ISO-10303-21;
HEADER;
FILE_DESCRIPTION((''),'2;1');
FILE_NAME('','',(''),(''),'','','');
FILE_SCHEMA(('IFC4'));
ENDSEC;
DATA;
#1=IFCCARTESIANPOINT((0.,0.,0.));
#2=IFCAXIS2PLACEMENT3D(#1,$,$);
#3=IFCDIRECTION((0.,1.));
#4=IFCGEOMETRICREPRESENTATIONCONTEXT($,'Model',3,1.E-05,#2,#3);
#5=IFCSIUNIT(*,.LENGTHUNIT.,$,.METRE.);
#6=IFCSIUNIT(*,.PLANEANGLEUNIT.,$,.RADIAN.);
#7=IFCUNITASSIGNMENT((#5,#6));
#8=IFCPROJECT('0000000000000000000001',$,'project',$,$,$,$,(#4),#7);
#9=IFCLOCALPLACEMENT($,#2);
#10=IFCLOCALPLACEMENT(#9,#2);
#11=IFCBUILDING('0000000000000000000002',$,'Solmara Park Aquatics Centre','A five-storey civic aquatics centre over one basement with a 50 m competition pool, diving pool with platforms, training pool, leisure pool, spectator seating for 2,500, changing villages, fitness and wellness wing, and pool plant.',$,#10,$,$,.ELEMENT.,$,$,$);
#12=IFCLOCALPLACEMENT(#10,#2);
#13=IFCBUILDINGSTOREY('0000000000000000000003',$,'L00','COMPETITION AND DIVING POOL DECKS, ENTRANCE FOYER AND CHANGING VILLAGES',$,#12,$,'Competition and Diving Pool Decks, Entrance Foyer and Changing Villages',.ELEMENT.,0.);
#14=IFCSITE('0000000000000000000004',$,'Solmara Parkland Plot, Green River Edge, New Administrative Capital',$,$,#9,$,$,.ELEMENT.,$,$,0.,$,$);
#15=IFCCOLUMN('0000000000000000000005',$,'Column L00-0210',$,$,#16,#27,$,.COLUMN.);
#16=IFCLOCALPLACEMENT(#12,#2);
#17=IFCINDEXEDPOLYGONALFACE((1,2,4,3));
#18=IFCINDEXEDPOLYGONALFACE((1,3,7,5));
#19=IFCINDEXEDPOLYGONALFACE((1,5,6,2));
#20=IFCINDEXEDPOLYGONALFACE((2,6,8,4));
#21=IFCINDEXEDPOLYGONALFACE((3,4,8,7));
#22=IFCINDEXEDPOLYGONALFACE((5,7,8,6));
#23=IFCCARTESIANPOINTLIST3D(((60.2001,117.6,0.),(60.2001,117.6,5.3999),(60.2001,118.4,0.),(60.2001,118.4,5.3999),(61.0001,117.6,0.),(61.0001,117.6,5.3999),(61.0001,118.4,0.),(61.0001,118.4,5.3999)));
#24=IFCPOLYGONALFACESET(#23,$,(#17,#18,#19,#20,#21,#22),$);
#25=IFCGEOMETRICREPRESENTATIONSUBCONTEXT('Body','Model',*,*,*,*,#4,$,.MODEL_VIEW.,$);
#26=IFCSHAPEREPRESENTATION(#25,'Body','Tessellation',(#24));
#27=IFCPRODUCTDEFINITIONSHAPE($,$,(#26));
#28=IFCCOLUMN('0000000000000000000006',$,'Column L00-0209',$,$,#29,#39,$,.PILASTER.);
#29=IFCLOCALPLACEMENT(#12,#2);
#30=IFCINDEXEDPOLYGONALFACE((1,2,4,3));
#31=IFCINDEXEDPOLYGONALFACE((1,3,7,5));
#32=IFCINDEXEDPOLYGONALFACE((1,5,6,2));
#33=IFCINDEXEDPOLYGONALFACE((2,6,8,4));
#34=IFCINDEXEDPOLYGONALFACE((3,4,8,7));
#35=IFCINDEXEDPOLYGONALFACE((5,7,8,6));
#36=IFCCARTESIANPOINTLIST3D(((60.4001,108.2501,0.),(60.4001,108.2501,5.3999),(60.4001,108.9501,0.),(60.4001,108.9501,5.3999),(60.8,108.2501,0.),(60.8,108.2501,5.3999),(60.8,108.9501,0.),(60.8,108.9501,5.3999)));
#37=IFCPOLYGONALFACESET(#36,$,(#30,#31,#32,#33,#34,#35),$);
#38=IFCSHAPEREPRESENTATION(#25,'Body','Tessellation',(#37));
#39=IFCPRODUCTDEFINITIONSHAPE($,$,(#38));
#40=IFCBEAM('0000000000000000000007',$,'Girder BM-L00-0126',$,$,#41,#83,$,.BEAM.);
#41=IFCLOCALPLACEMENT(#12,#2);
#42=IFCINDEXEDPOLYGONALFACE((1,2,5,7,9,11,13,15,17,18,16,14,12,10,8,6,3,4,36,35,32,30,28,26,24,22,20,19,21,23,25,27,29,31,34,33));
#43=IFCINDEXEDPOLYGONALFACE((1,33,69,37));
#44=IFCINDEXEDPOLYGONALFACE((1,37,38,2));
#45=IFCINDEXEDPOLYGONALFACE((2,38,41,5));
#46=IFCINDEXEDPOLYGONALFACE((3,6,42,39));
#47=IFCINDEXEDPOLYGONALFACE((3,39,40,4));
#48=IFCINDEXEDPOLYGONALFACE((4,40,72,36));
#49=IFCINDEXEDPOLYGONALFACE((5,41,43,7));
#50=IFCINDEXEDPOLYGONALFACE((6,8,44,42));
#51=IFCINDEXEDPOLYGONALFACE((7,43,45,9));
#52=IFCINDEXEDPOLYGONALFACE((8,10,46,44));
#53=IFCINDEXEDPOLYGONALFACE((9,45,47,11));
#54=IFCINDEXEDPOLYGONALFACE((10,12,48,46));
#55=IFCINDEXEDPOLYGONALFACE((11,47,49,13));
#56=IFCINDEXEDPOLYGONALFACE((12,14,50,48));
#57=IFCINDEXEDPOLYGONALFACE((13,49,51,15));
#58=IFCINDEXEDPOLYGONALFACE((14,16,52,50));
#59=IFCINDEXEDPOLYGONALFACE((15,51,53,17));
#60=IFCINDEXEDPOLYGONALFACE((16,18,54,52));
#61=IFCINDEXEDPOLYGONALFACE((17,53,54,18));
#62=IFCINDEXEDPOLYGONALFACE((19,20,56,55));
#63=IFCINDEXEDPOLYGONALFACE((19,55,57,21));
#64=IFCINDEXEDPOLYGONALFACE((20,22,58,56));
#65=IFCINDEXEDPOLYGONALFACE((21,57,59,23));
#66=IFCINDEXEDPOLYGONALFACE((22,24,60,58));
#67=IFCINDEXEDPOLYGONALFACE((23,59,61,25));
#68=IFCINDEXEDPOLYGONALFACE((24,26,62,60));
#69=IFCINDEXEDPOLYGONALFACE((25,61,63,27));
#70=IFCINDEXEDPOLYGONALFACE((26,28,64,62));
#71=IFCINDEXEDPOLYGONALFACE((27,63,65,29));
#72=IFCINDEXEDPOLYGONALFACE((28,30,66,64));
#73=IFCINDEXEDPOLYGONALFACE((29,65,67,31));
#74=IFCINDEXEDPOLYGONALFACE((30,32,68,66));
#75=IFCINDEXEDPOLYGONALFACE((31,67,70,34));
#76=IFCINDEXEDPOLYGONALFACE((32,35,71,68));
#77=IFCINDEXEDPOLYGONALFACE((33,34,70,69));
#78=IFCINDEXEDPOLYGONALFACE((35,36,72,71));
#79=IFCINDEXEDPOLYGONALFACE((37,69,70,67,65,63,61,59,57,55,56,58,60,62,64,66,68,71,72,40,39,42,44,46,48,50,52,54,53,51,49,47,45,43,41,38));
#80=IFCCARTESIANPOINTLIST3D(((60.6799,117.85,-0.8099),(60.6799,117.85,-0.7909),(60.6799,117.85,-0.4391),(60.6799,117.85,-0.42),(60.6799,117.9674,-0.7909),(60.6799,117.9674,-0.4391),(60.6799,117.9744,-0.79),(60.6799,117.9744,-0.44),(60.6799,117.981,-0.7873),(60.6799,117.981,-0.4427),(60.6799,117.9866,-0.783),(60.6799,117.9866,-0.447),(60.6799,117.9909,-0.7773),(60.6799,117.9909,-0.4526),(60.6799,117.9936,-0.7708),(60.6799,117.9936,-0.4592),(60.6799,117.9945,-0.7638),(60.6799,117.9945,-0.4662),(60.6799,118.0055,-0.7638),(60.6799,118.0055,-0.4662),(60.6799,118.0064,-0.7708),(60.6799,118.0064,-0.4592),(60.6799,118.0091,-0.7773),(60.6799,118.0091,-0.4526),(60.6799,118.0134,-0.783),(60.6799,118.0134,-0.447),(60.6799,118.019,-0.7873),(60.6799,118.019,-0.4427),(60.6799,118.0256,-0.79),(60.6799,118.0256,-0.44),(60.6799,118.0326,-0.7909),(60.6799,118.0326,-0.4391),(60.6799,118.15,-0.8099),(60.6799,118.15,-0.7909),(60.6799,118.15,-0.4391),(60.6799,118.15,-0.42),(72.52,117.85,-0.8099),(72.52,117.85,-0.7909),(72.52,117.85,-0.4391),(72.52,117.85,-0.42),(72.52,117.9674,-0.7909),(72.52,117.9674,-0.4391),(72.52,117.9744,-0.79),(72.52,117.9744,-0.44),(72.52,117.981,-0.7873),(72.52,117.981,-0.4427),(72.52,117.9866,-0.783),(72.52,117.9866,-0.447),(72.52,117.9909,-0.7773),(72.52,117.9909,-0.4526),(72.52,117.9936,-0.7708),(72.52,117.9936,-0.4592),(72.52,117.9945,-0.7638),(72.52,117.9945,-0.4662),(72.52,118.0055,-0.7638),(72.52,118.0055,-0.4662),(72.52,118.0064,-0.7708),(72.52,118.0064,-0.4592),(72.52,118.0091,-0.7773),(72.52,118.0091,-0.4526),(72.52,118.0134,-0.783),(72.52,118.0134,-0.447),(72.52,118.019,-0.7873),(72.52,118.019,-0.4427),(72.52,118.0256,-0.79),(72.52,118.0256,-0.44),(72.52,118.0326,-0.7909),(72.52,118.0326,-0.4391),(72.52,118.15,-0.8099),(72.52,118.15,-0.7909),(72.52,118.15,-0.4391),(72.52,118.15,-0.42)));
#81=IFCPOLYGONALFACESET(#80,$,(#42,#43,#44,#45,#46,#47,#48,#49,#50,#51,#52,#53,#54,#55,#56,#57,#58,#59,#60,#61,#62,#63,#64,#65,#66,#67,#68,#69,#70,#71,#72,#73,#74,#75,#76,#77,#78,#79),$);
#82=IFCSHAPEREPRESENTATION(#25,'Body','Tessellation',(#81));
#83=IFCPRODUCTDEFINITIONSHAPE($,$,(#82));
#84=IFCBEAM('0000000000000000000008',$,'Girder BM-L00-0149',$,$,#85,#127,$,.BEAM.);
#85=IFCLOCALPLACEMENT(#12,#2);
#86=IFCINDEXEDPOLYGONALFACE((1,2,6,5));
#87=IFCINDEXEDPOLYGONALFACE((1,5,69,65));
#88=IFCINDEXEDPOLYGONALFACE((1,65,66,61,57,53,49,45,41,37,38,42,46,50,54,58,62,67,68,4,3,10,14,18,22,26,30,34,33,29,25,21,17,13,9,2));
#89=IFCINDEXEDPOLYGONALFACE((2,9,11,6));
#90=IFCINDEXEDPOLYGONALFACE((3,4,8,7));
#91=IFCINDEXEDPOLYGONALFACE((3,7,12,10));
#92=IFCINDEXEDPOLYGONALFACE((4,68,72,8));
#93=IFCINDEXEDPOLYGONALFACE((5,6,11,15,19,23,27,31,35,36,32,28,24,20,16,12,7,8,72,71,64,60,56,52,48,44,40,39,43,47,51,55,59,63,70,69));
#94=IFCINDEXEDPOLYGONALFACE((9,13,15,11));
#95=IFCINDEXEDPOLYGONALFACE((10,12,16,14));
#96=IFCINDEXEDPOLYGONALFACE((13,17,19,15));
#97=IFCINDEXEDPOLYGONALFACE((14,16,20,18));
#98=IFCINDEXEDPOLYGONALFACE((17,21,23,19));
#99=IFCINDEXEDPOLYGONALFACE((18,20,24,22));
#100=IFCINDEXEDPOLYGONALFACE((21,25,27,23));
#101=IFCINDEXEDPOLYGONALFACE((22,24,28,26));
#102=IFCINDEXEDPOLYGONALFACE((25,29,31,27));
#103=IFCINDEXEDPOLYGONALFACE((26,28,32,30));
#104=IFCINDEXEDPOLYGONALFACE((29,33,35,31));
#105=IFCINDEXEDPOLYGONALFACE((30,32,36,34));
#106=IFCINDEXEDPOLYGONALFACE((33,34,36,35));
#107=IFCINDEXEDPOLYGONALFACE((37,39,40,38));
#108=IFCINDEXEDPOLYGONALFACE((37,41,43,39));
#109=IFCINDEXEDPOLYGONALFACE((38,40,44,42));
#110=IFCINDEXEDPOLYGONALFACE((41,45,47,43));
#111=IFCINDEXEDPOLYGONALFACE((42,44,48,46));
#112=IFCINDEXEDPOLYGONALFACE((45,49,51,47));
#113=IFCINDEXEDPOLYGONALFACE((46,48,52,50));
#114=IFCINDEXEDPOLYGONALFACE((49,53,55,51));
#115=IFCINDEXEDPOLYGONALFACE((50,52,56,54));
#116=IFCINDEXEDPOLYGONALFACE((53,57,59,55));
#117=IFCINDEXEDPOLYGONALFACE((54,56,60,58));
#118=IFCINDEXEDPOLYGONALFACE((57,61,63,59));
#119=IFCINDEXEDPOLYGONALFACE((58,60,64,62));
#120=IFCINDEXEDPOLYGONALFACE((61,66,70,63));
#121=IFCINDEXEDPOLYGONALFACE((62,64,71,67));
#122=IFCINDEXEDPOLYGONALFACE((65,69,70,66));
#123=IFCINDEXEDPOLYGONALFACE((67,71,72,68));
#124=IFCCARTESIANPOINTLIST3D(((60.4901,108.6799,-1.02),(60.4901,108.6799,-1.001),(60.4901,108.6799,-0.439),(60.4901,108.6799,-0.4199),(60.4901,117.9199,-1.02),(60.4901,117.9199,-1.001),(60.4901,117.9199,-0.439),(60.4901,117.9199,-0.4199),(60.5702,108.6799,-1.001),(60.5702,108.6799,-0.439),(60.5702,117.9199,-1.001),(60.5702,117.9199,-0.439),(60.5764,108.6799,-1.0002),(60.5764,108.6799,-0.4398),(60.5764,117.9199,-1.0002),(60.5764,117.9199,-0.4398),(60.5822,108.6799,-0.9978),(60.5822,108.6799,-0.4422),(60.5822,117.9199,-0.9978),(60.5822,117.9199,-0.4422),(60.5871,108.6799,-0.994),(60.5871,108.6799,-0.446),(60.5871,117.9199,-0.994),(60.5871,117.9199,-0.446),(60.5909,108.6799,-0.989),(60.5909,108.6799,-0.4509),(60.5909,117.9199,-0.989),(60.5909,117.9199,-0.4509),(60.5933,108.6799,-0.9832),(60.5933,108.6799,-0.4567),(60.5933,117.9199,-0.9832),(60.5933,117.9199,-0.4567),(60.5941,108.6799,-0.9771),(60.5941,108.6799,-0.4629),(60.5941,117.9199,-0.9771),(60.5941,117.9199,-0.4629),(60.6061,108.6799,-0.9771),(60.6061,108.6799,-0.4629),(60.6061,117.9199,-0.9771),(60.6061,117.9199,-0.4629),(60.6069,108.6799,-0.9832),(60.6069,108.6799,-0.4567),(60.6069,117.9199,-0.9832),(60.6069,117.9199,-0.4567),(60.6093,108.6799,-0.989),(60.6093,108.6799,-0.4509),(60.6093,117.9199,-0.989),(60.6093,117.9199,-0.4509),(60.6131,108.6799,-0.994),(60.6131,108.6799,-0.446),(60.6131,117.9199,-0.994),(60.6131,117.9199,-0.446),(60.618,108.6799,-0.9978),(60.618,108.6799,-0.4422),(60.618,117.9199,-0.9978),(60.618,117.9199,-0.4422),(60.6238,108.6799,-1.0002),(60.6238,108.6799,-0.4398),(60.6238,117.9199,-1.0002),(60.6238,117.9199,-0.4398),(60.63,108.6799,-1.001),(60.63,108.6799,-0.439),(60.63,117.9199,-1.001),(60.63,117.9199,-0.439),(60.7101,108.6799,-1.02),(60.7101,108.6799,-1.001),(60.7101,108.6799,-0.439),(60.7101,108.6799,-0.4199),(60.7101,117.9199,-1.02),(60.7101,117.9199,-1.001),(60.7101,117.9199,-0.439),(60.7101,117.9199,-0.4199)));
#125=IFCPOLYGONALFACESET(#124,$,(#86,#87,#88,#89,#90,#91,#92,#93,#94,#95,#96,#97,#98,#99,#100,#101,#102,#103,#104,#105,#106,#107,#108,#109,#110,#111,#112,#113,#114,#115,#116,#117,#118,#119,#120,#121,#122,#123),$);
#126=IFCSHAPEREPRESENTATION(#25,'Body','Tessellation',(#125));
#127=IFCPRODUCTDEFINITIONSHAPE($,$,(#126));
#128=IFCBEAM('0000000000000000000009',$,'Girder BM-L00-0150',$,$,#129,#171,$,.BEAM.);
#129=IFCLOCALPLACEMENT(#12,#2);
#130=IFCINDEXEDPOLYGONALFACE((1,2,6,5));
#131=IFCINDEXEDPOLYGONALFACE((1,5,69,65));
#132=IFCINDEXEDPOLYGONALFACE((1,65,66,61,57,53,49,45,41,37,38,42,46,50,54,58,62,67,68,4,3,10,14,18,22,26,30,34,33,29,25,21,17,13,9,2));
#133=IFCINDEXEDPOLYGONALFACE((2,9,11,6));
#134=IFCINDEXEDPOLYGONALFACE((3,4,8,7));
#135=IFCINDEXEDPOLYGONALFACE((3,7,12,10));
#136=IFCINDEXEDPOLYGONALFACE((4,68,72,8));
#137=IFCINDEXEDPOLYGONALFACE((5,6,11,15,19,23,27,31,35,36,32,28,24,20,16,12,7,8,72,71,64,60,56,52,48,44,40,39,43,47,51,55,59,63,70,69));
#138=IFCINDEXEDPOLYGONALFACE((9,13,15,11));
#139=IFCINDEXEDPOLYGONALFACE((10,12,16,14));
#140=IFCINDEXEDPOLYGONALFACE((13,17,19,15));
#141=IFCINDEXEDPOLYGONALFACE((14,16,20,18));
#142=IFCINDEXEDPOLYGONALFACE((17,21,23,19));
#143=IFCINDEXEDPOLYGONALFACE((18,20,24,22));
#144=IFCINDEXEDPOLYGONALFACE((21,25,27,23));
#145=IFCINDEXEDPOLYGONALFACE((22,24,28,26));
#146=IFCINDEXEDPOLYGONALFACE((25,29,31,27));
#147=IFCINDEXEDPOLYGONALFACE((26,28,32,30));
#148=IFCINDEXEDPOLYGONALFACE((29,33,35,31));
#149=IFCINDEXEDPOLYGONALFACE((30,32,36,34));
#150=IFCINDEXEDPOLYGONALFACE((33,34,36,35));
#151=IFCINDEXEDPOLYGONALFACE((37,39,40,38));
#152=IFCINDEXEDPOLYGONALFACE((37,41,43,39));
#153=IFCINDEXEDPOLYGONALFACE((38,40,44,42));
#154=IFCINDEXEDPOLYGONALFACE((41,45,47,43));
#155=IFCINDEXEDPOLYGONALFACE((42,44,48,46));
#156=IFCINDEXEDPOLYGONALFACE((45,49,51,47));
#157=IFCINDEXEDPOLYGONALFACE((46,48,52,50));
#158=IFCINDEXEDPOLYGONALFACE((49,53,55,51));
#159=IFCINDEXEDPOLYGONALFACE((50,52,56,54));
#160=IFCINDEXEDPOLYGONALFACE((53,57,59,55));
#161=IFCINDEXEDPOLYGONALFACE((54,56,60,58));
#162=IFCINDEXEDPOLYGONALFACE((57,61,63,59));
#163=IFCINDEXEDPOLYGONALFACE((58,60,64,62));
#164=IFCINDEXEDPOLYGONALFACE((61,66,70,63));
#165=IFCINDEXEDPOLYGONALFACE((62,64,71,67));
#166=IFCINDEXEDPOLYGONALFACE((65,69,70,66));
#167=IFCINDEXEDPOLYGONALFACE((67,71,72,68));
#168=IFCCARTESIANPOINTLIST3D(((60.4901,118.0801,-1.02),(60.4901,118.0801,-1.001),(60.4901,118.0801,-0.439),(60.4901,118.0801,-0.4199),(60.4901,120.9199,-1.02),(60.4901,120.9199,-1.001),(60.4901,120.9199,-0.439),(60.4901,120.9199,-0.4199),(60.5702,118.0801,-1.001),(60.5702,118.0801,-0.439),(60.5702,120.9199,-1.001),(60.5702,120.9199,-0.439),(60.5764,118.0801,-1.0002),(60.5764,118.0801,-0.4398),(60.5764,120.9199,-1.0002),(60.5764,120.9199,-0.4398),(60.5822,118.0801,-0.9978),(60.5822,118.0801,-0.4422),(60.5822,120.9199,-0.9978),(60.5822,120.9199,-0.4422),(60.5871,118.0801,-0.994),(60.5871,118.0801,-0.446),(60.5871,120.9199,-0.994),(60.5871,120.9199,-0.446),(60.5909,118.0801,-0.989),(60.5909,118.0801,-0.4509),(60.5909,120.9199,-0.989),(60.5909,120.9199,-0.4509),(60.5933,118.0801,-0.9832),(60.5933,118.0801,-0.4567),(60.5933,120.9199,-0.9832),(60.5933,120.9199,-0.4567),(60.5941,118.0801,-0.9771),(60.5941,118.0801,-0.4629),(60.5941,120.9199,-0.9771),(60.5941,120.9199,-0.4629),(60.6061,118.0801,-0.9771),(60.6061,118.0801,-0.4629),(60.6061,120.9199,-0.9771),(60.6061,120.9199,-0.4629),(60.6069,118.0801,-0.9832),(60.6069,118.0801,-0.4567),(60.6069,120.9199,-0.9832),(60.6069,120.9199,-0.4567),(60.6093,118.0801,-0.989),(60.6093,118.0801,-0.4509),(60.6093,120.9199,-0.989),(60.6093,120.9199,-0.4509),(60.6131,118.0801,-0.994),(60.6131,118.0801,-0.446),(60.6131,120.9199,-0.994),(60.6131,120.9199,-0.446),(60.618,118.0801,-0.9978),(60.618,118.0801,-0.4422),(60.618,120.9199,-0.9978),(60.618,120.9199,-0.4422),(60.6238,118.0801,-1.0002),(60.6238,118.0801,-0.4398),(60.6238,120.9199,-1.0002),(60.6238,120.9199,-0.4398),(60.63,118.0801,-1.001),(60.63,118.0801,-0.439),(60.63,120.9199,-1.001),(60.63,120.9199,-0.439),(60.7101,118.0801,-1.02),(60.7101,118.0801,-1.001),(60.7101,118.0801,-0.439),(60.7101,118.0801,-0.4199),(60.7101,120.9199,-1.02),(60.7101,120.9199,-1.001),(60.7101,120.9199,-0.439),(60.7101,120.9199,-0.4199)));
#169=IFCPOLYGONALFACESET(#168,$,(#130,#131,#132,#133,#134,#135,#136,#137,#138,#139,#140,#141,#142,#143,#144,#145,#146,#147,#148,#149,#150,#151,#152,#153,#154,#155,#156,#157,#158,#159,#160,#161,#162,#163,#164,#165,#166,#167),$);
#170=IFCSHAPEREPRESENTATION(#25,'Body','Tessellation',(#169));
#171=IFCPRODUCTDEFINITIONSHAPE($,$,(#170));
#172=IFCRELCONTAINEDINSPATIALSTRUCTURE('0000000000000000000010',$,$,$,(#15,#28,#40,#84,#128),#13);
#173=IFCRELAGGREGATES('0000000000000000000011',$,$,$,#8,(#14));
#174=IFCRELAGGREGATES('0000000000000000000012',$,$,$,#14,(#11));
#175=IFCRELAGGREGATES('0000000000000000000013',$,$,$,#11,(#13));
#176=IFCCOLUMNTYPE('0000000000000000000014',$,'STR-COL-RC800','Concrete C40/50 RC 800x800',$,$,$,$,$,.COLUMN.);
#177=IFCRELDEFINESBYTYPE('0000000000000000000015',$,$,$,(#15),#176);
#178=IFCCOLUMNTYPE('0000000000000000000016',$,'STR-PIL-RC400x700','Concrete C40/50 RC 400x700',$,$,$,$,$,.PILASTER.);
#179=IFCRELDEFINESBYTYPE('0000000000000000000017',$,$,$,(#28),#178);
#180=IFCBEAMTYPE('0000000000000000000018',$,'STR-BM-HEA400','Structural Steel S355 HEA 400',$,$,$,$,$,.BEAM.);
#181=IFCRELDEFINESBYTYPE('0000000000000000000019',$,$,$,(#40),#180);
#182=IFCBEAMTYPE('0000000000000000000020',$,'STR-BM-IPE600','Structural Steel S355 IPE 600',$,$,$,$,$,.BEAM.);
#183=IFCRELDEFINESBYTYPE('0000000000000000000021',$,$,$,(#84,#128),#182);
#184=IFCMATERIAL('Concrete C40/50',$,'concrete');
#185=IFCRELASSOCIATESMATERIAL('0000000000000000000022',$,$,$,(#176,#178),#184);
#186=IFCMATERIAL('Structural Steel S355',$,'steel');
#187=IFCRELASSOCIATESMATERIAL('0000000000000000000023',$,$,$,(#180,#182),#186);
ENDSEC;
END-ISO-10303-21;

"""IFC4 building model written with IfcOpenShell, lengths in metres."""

from ifc_helpers import new_model, si_unit, direction, frame, origin, origin_2d, place, context, subcontext, project, spatial, rectangle, i_section, extrude, material, material_profile, profile_set, type_object, element, save


model = new_model("IFC4")

# Units and contexts
model_context = context("Model", 3, precision=1e-05, world=origin(), true_north=direction((0.0, 1.0)))
body_context = subcontext(model_context, "Body", "Model", "MODEL_VIEW")
ifc_project = project(units=[si_unit("LENGTHUNIT", "METRE"), si_unit("PLANEANGLEUNIT", "RADIAN")], contexts=[model_context])

# Site, building, storey
site_placement = place(None, origin())
site = spatial("IfcSite", under=ifc_project, at=site_placement, Name="Solmara Parkland Plot, Green River Edge, New Administrative Capital", CompositionType="ELEMENT", RefElevation=0.0)
building_placement = place(site_placement, origin())
building = spatial("IfcBuilding", under=site, at=building_placement, Name="Solmara Park Aquatics Centre", Description="A five-storey civic aquatics centre over one basement with a 50 m competition pool, diving pool with platforms, training pool, leisure pool, spectator seating for 2,500, changing villages, fitness and wellness wing, and pool plant.", CompositionType="ELEMENT")
storey_placement = place(building_placement, origin())
storey = spatial("IfcBuildingStorey", under=building, at=storey_placement, Name="L00", Description="COMPETITION AND DIVING POOL DECKS, ENTRANCE FOYER AND CHANGING VILLAGES", LongName="Competition and Diving Pool Decks, Entrance Foyer and Changing Villages", CompositionType="ELEMENT", Elevation=0.0)

# Columns
ifc_material_1 = material(Name="Concrete C40/50", Category="concrete")
ifc_material_profile_1 = material_profile(ifc_material_1, rectangle(XDim=0.8, YDim=0.8, at=origin_2d()), Name="RC 800x800")
ifc_profile_set_1 = profile_set([ifc_material_profile_1], Name="Concrete C40/50")
column_type_1 = type_object("IfcColumnType", Name="STR-COL-RC800", Description="Concrete C40/50 RC 800x800", PredefinedType="COLUMN", material=ifc_profile_set_1)
column_1_placement = place(storey_placement, frame((60.6001, 118.0, 0.0), z_axis=(0.0, 0.0, 1.0), x_axis=(1.0, 0.0, 0.0)))
element("IfcColumn", 1, at=column_1_placement, inside=storey, type_object=column_type_1, Name="Column L00-0210", PredefinedType="COLUMN", context=body_context, shape_type="SweptSolid", body=[
    extrude(rectangle(XDim=0.8, YDim=0.8, at=origin_2d()), origin(), (0.0, 0.0, 1.0), 5.3999),
])
ifc_material_profile_2 = material_profile(ifc_material_1, rectangle(XDim=0.3999, YDim=0.7, at=origin_2d()), Name="RC 400x700")
ifc_profile_set_2 = profile_set([ifc_material_profile_2], Name="Concrete C40/50")
column_type_2 = type_object("IfcColumnType", Name="STR-PIL-RC400x700", Description="Concrete C40/50 RC 400x700", PredefinedType="PILASTER", material=ifc_profile_set_2)
column_2_placement = place(storey_placement, frame((60.6001, 108.6001, 0.0), z_axis=(0.0, 0.0, 1.0), x_axis=(1.0, 0.0, 0.0)))
element("IfcColumn", 2, at=column_2_placement, inside=storey, type_object=column_type_2, Name="Column L00-0209", PredefinedType="PILASTER", context=body_context, shape_type="SweptSolid", body=[
    extrude(rectangle(XDim=0.3999, YDim=0.7, at=origin_2d()), origin(), (0.0, 0.0, 1.0), 5.3999),
])

# Beams
ifc_material_2 = material(Name="Structural Steel S355", Category="steel")
ifc_material_profile_3 = material_profile(ifc_material_2, i_section(OverallWidth=0.3, OverallDepth=0.3899, WebThickness=0.011, FlangeThickness=0.019, FilletRadius=0.0271, at=origin_2d()), Name="HEA 400")
ifc_profile_set_3 = profile_set([ifc_material_profile_3], Name="Structural Steel S355")
beam_type_1 = type_object("IfcBeamType", Name="STR-BM-HEA400", Description="Structural Steel S355 HEA 400", PredefinedType="BEAM", material=ifc_profile_set_3)
beam_1_placement = place(storey_placement, frame((60.6799, 118.0, -0.615), z_axis=(1.0, 0.0, 0.0), x_axis=(0.0, 1.0, 0.0)))
element("IfcBeam", 3, at=beam_1_placement, inside=storey, type_object=beam_type_1, Name="Girder BM-L00-0126", PredefinedType="BEAM", context=body_context, shape_type="SweptSolid", body=[
    extrude(i_section(OverallWidth=0.3, OverallDepth=0.3899, WebThickness=0.011, FlangeThickness=0.019, FilletRadius=0.0271, at=origin_2d()), origin(), (0.0, 0.0, 1.0), 11.8401),
])
ifc_material_profile_4 = material_profile(ifc_material_2, i_section(OverallWidth=0.22, OverallDepth=0.6001, WebThickness=0.012, FlangeThickness=0.019, FilletRadius=0.0239, at=origin_2d()), Name="IPE 600")
ifc_profile_set_4 = profile_set([ifc_material_profile_4], Name="Structural Steel S355")
beam_type_2 = type_object("IfcBeamType", Name="STR-BM-IPE600", Description="Structural Steel S355 IPE 600", PredefinedType="BEAM", material=ifc_profile_set_4)
beam_2_placement = place(storey_placement, frame((60.6001, 108.6799, -0.72), z_axis=(0.0, 1.0, 0.0), x_axis=(-1.0, 0.0, 0.0)))
element("IfcBeam", 4, at=beam_2_placement, inside=storey, type_object=beam_type_2, Name="Girder BM-L00-0149", PredefinedType="BEAM", context=body_context, shape_type="SweptSolid", body=[
    extrude(i_section(OverallWidth=0.22, OverallDepth=0.6001, WebThickness=0.012, FlangeThickness=0.019, FilletRadius=0.0239, at=origin_2d()), origin(), (0.0, 0.0, 1.0), 9.24),
])
beam_3_placement = place(storey_placement, frame((60.6001, 118.0801, -0.72), z_axis=(0.0, 1.0, 0.0), x_axis=(-1.0, 0.0, 0.0)))
element("IfcBeam", 5, at=beam_3_placement, inside=storey, type_object=beam_type_2, Name="Girder BM-L00-0150", PredefinedType="BEAM", context=body_context, shape_type="SweptSolid", body=[
    extrude(i_section(OverallWidth=0.22, OverallDepth=0.6001, WebThickness=0.012, FlangeThickness=0.019, FilletRadius=0.0239, at=origin_2d()), origin(), (0.0, 0.0, 1.0), 2.8398),
])

save(model, "model.ifc")
